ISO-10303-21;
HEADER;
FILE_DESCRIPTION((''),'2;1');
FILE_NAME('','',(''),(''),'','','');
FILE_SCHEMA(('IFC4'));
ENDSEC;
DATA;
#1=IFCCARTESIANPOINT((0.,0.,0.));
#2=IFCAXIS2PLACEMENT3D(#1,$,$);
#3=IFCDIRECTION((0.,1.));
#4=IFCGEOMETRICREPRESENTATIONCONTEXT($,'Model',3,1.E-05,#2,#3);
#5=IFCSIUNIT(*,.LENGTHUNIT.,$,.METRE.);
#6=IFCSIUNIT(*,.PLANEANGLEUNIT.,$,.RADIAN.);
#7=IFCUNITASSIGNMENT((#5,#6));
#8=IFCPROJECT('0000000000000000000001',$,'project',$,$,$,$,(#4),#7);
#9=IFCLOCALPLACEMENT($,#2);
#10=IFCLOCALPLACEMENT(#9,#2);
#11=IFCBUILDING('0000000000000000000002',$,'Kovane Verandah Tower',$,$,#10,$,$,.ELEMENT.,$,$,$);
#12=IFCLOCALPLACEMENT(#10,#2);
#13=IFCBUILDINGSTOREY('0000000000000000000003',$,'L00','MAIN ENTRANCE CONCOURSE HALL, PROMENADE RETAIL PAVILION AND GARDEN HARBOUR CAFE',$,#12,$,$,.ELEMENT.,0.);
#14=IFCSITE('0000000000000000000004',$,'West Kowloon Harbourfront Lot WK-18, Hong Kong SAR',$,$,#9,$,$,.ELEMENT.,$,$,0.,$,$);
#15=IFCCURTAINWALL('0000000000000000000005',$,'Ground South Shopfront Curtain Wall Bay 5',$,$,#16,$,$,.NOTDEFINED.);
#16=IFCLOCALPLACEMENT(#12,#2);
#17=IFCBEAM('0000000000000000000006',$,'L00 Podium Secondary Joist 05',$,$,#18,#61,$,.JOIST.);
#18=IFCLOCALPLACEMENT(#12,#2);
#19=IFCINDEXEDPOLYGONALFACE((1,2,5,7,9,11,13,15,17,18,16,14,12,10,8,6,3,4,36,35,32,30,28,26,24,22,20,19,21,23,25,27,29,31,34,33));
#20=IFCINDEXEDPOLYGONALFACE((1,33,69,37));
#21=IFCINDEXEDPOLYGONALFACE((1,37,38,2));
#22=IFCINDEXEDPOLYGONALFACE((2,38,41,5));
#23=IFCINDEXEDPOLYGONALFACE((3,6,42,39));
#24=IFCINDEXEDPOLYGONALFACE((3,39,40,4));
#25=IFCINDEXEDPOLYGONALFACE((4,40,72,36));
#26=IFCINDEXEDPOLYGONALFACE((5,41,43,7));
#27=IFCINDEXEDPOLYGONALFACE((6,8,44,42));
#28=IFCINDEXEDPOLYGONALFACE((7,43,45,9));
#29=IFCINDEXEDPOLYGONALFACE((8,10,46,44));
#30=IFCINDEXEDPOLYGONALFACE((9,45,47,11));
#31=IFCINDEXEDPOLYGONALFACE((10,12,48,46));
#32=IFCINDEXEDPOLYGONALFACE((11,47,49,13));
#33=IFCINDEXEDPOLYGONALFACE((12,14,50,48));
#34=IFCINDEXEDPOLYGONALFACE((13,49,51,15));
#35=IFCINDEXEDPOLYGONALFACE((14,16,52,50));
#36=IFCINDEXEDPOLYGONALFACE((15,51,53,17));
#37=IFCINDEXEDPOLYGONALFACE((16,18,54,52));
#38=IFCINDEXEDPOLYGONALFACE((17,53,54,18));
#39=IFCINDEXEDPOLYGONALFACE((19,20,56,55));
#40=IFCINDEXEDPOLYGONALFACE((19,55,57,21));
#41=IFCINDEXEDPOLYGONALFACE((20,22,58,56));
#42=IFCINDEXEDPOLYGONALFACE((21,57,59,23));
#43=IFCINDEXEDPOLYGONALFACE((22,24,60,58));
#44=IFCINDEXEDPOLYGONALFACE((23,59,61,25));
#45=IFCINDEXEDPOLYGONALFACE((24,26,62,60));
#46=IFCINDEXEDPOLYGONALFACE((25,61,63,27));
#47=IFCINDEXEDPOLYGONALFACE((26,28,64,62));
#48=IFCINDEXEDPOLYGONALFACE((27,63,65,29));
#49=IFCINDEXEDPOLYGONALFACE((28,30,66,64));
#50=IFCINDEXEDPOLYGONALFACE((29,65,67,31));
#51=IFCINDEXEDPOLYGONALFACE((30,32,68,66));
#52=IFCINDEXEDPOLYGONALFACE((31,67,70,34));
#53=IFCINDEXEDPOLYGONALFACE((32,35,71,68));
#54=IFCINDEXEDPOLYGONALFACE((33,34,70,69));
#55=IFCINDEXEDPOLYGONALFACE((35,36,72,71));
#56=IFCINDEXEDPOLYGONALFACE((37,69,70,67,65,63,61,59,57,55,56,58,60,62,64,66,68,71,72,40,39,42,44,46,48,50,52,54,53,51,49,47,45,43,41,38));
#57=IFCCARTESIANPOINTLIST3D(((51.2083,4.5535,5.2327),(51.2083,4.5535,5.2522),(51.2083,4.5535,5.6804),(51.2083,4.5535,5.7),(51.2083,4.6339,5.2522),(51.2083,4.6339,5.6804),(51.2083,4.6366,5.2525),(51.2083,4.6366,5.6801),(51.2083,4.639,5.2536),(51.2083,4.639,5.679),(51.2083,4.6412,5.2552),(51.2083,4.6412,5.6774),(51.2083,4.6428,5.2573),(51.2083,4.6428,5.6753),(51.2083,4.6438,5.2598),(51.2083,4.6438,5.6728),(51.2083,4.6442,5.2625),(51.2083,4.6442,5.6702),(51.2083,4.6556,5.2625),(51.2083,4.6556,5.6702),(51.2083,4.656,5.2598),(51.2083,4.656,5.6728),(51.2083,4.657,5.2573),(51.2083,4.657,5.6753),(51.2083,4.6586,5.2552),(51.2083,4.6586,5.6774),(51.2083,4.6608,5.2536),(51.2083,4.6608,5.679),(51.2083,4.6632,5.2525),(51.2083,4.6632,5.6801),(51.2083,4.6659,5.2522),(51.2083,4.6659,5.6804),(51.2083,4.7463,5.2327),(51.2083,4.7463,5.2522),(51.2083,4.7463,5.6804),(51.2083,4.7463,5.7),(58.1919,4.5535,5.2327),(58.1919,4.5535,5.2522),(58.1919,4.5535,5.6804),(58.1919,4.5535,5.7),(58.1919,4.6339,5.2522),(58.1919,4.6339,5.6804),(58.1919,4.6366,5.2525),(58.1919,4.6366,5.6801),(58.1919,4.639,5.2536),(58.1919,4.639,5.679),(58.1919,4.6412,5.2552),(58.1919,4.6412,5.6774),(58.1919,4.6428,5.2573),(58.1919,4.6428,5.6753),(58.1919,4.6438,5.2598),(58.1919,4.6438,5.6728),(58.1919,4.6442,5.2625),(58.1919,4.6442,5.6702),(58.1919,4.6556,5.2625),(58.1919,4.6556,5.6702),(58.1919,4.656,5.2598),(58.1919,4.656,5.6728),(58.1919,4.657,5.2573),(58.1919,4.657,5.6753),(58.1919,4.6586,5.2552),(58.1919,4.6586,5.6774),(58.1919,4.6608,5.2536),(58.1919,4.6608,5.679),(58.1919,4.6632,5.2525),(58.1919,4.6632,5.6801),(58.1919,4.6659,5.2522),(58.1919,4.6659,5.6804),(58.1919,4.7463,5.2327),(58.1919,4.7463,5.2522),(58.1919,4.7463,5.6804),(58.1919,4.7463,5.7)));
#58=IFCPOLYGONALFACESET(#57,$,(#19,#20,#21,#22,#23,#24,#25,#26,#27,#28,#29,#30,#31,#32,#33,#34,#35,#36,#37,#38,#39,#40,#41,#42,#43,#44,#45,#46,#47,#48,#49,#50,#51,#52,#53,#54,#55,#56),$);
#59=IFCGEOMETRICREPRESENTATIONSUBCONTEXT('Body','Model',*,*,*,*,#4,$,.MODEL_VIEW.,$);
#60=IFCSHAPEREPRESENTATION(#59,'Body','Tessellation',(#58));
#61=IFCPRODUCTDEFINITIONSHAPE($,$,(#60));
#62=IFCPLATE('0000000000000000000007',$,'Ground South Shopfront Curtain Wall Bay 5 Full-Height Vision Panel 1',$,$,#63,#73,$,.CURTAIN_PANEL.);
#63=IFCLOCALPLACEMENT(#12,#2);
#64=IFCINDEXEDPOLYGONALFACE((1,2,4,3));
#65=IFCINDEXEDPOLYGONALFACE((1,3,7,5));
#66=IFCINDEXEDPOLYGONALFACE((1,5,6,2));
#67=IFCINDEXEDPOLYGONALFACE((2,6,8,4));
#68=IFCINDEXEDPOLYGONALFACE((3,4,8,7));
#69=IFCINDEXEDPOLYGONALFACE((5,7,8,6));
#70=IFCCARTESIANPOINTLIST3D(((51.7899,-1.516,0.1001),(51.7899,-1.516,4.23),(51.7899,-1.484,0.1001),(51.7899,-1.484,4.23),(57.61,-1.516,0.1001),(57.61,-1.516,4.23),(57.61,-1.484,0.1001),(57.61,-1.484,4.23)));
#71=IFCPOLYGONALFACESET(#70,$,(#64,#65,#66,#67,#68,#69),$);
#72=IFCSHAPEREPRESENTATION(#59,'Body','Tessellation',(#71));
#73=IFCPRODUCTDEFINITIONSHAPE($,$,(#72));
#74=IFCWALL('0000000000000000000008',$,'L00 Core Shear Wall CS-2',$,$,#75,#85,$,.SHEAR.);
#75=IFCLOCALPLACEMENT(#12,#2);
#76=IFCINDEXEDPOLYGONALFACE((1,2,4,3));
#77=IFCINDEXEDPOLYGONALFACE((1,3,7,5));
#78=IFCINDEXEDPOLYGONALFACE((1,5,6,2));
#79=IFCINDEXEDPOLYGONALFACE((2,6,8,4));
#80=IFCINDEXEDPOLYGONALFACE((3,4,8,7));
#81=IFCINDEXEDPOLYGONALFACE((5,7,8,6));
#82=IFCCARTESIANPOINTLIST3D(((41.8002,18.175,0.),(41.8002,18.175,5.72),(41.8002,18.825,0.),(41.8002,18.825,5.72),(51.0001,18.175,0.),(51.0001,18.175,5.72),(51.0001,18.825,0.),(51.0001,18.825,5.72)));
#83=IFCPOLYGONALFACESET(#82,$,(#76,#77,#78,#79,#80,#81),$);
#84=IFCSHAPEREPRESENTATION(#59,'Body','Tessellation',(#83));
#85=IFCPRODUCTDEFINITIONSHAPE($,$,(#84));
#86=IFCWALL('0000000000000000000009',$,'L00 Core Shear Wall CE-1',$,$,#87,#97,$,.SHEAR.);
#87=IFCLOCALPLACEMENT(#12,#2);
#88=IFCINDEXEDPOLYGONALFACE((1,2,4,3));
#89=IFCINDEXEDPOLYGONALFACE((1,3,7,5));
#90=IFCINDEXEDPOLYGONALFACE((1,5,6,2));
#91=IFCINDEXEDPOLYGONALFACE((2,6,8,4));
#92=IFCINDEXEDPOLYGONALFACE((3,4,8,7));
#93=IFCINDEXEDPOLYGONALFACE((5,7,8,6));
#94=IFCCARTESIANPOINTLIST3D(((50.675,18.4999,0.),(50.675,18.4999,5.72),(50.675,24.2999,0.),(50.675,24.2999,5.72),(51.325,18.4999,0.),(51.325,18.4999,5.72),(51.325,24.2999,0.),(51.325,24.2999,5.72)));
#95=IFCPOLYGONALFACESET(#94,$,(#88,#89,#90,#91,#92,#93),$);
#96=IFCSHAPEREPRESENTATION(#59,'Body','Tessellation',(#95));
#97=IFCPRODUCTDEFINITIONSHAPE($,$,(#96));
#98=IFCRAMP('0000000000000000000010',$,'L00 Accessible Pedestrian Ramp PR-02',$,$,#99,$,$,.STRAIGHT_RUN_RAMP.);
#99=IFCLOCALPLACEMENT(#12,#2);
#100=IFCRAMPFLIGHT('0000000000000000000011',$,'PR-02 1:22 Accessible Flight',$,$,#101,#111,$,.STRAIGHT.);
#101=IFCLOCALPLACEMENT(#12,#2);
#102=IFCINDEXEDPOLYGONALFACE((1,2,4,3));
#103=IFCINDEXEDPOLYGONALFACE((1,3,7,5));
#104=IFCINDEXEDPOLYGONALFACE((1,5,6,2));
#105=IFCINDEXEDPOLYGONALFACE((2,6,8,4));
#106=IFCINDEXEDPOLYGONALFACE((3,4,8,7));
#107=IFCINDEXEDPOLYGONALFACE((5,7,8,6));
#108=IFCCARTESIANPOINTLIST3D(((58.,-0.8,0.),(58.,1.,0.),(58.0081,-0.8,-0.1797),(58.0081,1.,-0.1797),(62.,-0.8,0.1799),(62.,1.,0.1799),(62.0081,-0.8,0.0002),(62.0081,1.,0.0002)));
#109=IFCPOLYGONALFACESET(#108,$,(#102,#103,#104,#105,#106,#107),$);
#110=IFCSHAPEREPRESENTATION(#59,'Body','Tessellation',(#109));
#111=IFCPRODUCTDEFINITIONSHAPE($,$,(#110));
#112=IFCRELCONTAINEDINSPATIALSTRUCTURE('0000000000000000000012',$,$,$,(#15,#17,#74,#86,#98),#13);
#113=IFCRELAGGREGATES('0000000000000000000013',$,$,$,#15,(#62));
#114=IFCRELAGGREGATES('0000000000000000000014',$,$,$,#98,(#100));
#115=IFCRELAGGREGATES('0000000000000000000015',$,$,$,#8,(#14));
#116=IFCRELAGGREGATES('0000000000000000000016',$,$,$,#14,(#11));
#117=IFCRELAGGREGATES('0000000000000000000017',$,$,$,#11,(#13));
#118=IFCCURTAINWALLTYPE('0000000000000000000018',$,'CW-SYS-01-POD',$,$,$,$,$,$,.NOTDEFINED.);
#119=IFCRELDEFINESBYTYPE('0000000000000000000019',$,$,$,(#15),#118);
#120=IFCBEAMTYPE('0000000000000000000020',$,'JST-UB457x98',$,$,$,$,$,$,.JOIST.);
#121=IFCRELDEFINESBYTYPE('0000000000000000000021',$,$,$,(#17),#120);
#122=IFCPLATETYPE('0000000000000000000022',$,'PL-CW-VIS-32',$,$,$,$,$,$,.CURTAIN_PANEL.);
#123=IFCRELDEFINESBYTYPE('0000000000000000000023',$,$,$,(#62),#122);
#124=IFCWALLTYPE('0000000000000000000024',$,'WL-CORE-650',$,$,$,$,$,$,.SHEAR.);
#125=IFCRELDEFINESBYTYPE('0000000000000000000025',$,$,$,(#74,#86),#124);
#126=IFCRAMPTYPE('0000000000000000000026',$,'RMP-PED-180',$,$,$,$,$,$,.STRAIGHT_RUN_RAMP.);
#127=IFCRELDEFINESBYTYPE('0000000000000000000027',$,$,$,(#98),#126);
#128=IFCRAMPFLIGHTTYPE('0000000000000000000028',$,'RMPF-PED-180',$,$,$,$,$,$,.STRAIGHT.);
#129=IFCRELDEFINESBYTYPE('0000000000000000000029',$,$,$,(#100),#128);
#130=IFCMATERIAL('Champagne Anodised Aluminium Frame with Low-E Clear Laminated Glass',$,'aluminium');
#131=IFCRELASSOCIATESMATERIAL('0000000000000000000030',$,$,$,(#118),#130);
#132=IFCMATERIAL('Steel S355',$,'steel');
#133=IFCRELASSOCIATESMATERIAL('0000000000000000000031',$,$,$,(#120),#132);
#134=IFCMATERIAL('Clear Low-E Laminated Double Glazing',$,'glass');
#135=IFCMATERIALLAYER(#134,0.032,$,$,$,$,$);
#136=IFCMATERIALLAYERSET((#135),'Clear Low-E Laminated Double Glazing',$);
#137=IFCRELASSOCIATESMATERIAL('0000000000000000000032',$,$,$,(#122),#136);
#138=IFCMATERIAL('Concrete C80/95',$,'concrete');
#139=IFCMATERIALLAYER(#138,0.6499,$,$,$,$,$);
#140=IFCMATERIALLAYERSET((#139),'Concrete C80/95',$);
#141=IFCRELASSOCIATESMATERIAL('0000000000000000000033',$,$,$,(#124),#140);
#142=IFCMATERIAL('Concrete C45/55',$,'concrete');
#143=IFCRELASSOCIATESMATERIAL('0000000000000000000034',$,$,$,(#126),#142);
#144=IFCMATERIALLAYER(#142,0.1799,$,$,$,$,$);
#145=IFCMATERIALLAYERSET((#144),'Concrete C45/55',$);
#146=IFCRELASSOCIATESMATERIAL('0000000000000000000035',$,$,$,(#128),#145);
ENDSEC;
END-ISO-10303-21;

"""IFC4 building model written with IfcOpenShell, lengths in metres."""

from ifc_helpers import new_model, si_unit, direction, frame, frame_2d, origin, origin_2d, place, context, subcontext, project, spatial, polyline, rectangle, i_section, outline, extrude, material, layer, layer_set, material_profile, profile_set, type_object, element, aggregate, save


model = new_model("IFC4")

# Units and contexts
model_context = context("Model", 3, precision=1e-05, world=origin(), true_north=direction((0.0, 1.0)))
body_context = subcontext(model_context, "Body", "Model", "MODEL_VIEW")
ifc_project = project(units=[si_unit("LENGTHUNIT", "METRE"), si_unit("PLANEANGLEUNIT", "RADIAN")], contexts=[model_context])

# Site, building, storey
site_placement = place(None, origin())
site = spatial("IfcSite", under=ifc_project, at=site_placement, Name="West Kowloon Harbourfront Lot WK-18, Hong Kong SAR", CompositionType="ELEMENT", RefElevation=0.0)
building_placement = place(site_placement, origin())
building = spatial("IfcBuilding", under=site, at=building_placement, Name="Kovane Verandah Tower", CompositionType="ELEMENT")
storey_placement = place(building_placement, origin())
storey = spatial("IfcBuildingStorey", under=building, at=storey_placement, Name="L00", Description="MAIN ENTRANCE CONCOURSE HALL, PROMENADE RETAIL PAVILION AND GARDEN HARBOUR CAFE", CompositionType="ELEMENT", Elevation=0.0)

# Shared definitions
ifc_material_1 = material(Name="Concrete C80/95", Category="concrete")

# Curtain wall
ifc_material_2 = material(Name="Champagne Anodised Aluminium Frame with Low-E Clear Laminated Glass", Category="aluminium")
curtain_wall_type = type_object("IfcCurtainWallType", Name="CW-SYS-01-POD", PredefinedType="NOTDEFINED", material=ifc_material_2)
curtain_wall_placement = place(storey_placement, origin())
curtain_wall = element("IfcCurtainWall", 1, at=curtain_wall_placement, inside=storey, type_object=curtain_wall_type, Name="Ground South Shopfront Curtain Wall Bay 5", PredefinedType="NOTDEFINED")

# Beam
ifc_material_3 = material(Name="Steel S355", Category="steel")
ifc_material_profile_1 = material_profile(ifc_material_3, i_section(OverallWidth=0.1929, OverallDepth=0.4673, WebThickness=0.0115, FlangeThickness=0.0195, FilletRadius=0.0103, at=origin_2d()), Name="UB457x191x98")
ifc_profile_set_1 = profile_set([ifc_material_profile_1], Name="Steel S355")
beam_type_1 = type_object("IfcBeamType", Name="JST-UB457x98", PredefinedType="JOIST", material=ifc_profile_set_1)
beam_1_placement = place(storey_placement, frame((51.2083, 4.6499, 5.4663), z_axis=(1.0, 0.0, 0.0), x_axis=(0.0, 1.0, 0.0)))
element("IfcBeam", 2, at=beam_1_placement, inside=storey, type_object=beam_type_1, Name="L00 Podium Secondary Joist 05", PredefinedType="JOIST", context=body_context, shape_type="SweptSolid", body=[
    extrude(i_section(OverallWidth=0.1929, OverallDepth=0.4673, WebThickness=0.0115, FlangeThickness=0.0195, FilletRadius=0.0103, at=origin_2d()), origin(), (0.0, 0.0, 1.0), 6.9836),
])

# Plate
ifc_material_4 = material(Name="Clear Low-E Laminated Double Glazing", Category="glass")
ifc_layer_1 = layer(ifc_material_4, 0.032)
ifc_layer_set_1 = layer_set([ifc_layer_1], Name="Clear Low-E Laminated Double Glazing")
plate_type = type_object("IfcPlateType", Name="PL-CW-VIS-32", PredefinedType="CURTAIN_PANEL", material=ifc_layer_set_1)
plate_placement = place(storey_placement, frame((54.7, -1.5, 0.1001), z_axis=(0.0, 0.0, 1.0), x_axis=(1.0, 0.0, 0.0)))
plate = element("IfcPlate", 3, at=plate_placement, type_object=plate_type, Name="Ground South Shopfront Curtain Wall Bay 5 Full-Height Vision Panel 1", PredefinedType="CURTAIN_PANEL", context=body_context, shape_type="SweptSolid", body=[
    extrude(rectangle(XDim=5.8201, YDim=0.032, at=origin_2d()), origin(), (0.0, 0.0, 1.0), 4.1299),
])
aggregate(curtain_wall, [plate])

# Walls
ifc_layer_2 = layer(ifc_material_1, 0.6499)
ifc_layer_set_2 = layer_set([ifc_layer_2], Name="Concrete C80/95")
wall_type = type_object("IfcWallType", Name="WL-CORE-650", PredefinedType="SHEAR", material=ifc_layer_set_2)
wall_1_placement = place(storey_placement, frame((41.8, 18.5, 0.0), z_axis=(0.0, 0.0, 1.0), x_axis=(1.0, 0.0, 0.0)))
element("IfcWall", 4, at=wall_1_placement, inside=storey, type_object=wall_type, Name="L00 Core Shear Wall CS-2", PredefinedType="SHEAR", context=body_context, shape_type="SweptSolid", body=[
    extrude(rectangle(XDim=9.2, YDim=0.6499, at=frame_2d((4.6001, 0.0))), origin(), (0.0, 0.0, 1.0), 5.72),
])
wall_2_placement = place(storey_placement, frame((51.0, 18.5, 0.0), z_axis=(0.0, 0.0, 1.0), x_axis=(0.0, 1.0, 0.0)))
element("IfcWall", 5, at=wall_2_placement, inside=storey, type_object=wall_type, Name="L00 Core Shear Wall CE-1", PredefinedType="SHEAR", context=body_context, shape_type="SweptSolid", body=[
    extrude(rectangle(XDim=5.8, YDim=0.6499, at=frame_2d((2.8999, 0.0))), origin(), (0.0, 0.0, 1.0), 5.72),
])

# Ramp, ramp flight
ifc_material_5 = material(Name="Concrete C45/55", Category="concrete")
ramp_type = type_object("IfcRampType", Name="RMP-PED-180", PredefinedType="STRAIGHT_RUN_RAMP", material=ifc_material_5)
ramp_placement = place(storey_placement, origin())
ramp = element("IfcRamp", 6, at=ramp_placement, inside=storey, type_object=ramp_type, Name="L00 Accessible Pedestrian Ramp PR-02", PredefinedType="STRAIGHT_RUN_RAMP")
ifc_layer_3 = layer(ifc_material_5, 0.1799)
ifc_layer_set_3 = layer_set([ifc_layer_3], Name="Concrete C45/55")
ramp_flight_type = type_object("IfcRampFlightType", Name="RMPF-PED-180", PredefinedType="STRAIGHT", material=ifc_layer_set_3)
ramp_flight_placement = place(storey_placement, frame((58.0, -0.8, 0.0), z_axis=(-0.044937, 0.0, 0.99899), x_axis=(0.99899, 0.0, 0.044937)))
ramp_flight = element("IfcRampFlight", 7, at=ramp_flight_placement, type_object=ramp_flight_type, Name="PR-02 1:22 Accessible Flight", PredefinedType="STRAIGHT", context=body_context, shape_type="SweptSolid", body=[
    extrude(outline(polyline([(0.0, 0.0), (4.004, 0.0), (4.004, 1.8), (0.0, 1.8), (0.0, 0.0)])), origin(), (0.0, 0.0, -1.0), 0.1799),
])
aggregate(ramp, [ramp_flight])

save(model, "model.ifc")
